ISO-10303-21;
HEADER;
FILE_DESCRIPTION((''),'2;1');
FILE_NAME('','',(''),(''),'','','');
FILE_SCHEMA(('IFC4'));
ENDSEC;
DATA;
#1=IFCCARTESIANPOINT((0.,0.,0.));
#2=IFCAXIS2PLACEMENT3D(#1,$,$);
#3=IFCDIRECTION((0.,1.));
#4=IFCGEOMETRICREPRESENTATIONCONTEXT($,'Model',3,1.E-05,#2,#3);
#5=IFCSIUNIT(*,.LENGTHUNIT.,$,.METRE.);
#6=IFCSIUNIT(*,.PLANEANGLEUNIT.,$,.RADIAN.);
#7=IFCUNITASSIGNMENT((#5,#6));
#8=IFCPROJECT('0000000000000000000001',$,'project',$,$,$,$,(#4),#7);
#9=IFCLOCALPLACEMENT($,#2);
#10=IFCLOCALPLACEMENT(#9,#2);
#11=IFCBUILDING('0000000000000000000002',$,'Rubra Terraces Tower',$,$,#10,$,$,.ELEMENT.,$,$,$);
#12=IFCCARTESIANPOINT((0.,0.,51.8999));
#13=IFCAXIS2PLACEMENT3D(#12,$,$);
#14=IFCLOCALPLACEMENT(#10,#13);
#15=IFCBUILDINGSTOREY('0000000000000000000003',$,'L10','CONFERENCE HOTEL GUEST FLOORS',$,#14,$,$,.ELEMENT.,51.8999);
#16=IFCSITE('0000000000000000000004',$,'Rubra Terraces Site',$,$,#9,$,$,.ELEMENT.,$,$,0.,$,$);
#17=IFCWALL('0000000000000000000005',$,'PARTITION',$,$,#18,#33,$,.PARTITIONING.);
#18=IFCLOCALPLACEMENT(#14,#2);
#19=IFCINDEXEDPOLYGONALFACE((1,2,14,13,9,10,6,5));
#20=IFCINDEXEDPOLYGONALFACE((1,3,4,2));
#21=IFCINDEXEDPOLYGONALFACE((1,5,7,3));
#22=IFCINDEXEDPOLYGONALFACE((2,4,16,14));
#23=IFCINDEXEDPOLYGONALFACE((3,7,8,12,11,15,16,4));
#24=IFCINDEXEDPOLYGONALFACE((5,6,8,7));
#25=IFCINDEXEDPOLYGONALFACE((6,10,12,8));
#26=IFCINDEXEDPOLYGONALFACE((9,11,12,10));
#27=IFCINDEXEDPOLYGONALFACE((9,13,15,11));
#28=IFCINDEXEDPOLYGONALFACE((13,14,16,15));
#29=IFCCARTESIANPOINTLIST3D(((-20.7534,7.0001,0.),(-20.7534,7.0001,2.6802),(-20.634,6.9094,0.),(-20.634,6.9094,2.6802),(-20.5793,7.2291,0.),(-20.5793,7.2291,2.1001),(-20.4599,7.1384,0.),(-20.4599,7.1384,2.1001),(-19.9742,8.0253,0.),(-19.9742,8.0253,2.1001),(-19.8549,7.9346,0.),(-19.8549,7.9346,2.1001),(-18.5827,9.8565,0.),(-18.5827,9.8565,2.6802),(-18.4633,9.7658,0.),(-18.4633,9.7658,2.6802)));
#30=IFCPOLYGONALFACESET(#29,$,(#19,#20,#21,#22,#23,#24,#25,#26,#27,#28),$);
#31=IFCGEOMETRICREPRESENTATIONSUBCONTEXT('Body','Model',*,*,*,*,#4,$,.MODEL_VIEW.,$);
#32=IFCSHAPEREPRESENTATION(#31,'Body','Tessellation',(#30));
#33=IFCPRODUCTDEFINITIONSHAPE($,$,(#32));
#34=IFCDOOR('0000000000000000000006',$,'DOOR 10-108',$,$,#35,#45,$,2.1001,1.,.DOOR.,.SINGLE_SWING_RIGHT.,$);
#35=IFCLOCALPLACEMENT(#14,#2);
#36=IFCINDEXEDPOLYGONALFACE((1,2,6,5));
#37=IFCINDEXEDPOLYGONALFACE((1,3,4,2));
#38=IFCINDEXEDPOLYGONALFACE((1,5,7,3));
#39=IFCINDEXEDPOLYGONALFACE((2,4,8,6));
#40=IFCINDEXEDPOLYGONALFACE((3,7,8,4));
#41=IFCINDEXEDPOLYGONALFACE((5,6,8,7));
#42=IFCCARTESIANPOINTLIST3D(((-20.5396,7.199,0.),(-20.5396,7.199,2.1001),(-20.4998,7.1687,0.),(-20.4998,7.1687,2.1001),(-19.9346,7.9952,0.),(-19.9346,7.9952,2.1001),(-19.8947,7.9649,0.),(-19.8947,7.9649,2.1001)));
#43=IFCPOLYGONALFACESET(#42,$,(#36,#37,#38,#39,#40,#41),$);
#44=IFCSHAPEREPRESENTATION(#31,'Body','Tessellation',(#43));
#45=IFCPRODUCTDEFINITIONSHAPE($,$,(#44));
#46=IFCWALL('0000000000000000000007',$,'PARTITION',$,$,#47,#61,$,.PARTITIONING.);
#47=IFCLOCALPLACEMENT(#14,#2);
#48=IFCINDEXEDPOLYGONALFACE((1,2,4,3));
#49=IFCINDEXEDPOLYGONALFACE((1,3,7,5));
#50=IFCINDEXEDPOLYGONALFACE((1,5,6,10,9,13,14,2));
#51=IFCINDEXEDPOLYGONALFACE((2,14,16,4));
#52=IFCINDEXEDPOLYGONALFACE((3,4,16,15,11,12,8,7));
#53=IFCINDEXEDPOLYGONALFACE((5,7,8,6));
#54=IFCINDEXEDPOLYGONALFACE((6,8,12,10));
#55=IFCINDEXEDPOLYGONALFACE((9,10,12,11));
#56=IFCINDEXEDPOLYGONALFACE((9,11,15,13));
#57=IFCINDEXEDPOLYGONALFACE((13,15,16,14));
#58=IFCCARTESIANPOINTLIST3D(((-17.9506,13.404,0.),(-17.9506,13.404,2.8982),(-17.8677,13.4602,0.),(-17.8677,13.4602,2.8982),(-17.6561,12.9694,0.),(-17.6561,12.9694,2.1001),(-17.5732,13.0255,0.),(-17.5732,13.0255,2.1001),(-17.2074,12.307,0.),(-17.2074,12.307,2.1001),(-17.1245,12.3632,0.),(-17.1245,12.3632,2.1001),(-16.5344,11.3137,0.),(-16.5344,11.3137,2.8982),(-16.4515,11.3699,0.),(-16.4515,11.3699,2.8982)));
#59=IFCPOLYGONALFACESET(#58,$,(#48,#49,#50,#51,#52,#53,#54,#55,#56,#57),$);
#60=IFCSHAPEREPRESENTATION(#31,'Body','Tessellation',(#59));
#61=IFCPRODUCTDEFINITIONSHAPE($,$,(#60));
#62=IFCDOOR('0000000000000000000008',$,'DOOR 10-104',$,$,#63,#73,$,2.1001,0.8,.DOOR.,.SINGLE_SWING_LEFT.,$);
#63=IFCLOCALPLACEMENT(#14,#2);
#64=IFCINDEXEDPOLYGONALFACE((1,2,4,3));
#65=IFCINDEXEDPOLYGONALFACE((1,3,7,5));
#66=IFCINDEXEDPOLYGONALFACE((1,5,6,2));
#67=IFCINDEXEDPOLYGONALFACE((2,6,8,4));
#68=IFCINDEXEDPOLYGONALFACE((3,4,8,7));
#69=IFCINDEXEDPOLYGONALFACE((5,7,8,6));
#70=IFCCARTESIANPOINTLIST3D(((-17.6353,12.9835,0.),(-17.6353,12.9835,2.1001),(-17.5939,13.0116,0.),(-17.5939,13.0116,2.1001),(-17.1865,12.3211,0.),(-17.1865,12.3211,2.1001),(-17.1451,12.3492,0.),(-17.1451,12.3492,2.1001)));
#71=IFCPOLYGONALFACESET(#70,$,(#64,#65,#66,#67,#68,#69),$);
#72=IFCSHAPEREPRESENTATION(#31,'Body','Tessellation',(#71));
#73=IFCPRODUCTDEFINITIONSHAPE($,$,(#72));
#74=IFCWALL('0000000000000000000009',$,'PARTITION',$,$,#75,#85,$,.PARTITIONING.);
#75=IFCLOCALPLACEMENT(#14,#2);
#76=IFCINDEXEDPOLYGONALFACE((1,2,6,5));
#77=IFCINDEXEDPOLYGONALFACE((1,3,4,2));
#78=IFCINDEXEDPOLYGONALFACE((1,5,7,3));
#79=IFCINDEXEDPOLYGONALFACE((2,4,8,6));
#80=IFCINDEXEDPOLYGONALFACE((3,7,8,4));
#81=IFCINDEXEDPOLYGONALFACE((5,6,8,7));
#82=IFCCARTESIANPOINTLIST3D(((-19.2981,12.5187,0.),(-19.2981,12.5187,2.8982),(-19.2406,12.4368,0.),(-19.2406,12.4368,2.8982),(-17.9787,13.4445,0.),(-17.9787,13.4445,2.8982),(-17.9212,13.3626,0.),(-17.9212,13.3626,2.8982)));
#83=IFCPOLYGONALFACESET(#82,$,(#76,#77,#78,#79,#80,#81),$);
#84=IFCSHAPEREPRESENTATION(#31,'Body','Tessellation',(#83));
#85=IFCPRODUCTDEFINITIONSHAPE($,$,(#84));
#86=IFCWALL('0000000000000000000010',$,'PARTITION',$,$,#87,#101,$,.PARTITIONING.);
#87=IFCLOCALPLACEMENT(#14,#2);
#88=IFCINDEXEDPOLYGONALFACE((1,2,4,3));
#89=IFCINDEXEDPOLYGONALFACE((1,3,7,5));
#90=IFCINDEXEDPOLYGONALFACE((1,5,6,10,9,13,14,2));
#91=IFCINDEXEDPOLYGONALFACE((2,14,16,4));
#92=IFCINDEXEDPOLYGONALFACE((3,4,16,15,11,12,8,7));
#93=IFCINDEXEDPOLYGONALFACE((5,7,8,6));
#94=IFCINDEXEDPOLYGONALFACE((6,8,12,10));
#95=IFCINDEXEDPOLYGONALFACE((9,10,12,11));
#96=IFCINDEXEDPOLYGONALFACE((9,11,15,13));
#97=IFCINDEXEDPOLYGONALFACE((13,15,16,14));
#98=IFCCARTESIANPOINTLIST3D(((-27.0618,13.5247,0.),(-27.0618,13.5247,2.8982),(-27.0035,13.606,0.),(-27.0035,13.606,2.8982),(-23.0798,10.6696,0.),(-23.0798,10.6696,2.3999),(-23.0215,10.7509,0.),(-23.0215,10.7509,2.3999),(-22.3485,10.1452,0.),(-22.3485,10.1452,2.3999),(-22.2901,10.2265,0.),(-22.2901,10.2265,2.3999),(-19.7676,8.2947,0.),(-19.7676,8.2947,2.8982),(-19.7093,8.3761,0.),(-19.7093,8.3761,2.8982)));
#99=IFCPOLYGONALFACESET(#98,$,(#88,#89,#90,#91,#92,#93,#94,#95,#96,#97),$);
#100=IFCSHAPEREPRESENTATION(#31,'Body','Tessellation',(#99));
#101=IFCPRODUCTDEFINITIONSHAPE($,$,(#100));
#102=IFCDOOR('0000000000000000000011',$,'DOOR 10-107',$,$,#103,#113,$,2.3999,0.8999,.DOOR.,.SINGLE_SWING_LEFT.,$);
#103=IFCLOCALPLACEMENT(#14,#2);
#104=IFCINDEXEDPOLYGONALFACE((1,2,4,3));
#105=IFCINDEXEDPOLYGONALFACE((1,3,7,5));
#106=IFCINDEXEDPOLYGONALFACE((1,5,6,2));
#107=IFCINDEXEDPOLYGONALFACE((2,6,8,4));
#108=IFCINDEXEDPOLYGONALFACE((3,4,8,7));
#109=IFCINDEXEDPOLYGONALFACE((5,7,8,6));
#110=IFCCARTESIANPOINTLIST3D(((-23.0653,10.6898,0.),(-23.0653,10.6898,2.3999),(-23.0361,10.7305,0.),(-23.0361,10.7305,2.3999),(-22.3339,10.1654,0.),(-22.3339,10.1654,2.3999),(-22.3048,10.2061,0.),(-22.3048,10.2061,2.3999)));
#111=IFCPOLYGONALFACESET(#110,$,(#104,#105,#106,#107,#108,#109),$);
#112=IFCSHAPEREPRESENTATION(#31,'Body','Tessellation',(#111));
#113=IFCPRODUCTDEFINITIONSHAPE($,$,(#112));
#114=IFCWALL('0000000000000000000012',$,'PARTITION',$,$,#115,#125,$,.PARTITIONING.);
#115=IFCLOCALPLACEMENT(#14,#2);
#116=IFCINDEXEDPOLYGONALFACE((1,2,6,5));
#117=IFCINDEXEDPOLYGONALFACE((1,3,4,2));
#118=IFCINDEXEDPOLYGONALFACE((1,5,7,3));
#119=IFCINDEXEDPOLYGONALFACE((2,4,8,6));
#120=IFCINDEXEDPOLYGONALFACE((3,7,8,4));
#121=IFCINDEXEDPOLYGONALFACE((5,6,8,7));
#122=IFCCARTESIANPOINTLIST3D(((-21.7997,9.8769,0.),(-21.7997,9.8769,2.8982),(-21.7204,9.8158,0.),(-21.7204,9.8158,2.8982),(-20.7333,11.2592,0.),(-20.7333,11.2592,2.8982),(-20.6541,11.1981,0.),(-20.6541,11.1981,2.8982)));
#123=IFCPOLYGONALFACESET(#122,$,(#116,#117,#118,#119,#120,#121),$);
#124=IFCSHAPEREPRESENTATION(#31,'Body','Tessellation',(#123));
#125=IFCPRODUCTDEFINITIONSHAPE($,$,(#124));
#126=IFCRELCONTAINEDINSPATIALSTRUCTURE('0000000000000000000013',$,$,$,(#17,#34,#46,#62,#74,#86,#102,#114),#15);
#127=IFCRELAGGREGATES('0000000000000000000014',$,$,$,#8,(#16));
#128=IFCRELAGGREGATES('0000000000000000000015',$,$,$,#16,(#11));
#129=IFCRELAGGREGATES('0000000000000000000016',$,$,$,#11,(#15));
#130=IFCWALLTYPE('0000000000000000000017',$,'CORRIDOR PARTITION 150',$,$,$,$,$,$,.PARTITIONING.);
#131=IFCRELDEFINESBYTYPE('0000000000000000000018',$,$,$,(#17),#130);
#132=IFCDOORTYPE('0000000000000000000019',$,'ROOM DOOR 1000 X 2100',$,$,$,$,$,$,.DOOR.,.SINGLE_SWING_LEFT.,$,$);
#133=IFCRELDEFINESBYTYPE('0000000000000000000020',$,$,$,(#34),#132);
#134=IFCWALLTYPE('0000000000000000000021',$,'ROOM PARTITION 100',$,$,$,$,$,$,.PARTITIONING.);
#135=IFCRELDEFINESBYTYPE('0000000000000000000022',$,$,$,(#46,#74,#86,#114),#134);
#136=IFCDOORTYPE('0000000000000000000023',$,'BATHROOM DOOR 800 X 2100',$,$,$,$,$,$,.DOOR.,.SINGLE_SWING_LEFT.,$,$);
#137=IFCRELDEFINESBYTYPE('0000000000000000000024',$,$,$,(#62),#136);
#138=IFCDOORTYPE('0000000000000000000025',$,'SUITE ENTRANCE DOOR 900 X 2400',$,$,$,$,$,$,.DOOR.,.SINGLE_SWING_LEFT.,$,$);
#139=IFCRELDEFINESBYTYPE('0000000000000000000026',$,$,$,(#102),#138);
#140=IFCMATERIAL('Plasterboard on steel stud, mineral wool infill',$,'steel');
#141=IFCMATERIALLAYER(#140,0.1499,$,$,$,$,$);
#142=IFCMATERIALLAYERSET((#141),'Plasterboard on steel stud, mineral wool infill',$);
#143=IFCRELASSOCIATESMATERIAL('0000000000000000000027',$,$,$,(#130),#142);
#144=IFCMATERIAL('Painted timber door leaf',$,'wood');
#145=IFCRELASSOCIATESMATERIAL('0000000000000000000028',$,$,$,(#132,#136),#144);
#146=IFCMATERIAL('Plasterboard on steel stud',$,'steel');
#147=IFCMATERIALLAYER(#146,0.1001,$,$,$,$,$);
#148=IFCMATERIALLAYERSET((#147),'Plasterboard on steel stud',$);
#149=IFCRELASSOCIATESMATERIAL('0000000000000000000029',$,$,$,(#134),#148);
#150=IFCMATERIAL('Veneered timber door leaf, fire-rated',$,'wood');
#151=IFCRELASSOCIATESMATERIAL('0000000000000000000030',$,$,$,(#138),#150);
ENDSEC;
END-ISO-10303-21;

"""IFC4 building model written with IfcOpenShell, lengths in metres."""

from ifc_helpers import new_model, si_unit, direction, frame, frame_2d, origin, place, context, subcontext, project, spatial, rectangle, extrude, material, layer, layer_set, type_object, element, fill, save


model = new_model("IFC4")

# Units and contexts
model_context = context("Model", 3, precision=1e-05, world=origin(), true_north=direction((0.0, 1.0)))
body_context = subcontext(model_context, "Body", "Model", "MODEL_VIEW")
ifc_project = project(units=[si_unit("LENGTHUNIT", "METRE"), si_unit("PLANEANGLEUNIT", "RADIAN")], contexts=[model_context])

# Site, building, storey
site_placement = place(None, origin())
site = spatial("IfcSite", under=ifc_project, at=site_placement, Name="Rubra Terraces Site", CompositionType="ELEMENT", RefElevation=0.0)
building_placement = place(site_placement, origin())
building = spatial("IfcBuilding", under=site, at=building_placement, Name="Rubra Terraces Tower", CompositionType="ELEMENT")
storey_placement = place(building_placement, frame((0.0, 0.0, 51.8999)))
storey = spatial("IfcBuildingStorey", under=building, at=storey_placement, Name="L10", Description="CONFERENCE HOTEL GUEST FLOORS", CompositionType="ELEMENT", Elevation=51.8999)

# Shared definitions
ifc_material_1 = material(Name="Plasterboard on steel stud, mineral wool infill", Category="steel")
ifc_layer_1 = layer(ifc_material_1, 0.1499)
ifc_layer_set_1 = layer_set([ifc_layer_1], Name="Plasterboard on steel stud, mineral wool infill")
wall_type_1 = type_object("IfcWallType", Name="CORRIDOR PARTITION 150", PredefinedType="PARTITIONING", material=ifc_layer_set_1)

# Walls, openings, doors
wall_1_placement = place(storey_placement, frame((-18.5229, 9.8113, 0.0), z_axis=(0.0, 0.0, 1.0), x_axis=(-0.60504, -0.796195, 0.0)))
wall_1 = element("IfcWall", 1, at=wall_1_placement, inside=storey, type_object=wall_type_1, Name="PARTITION", PredefinedType="PARTITIONING", context=body_context, shape_type="SweptSolid", body=[
    extrude(rectangle(XDim=3.5876, YDim=0.1499, at=frame_2d((1.7939, 0.0))), origin(), (0.0, 0.0, 1.0), 2.6802),
])
opening_1_placement = place(wall_1_placement, frame((2.3, 0.0, 0.0)))
opening_1 = element("IfcOpeningElement", 2, at=opening_1_placement, cuts=wall_1, PredefinedType="OPENING", context=body_context, shape_type="SweptSolid", body=[
    extrude(rectangle(XDim=1.0, YDim=2.1001, at=frame_2d((0.5, 1.05))), frame((0.0, 0.085, 0.0), z_axis=(0.0, -1.0, 0.0), x_axis=(1.0, 0.0, 0.0)), (0.0, 0.0, 1.0), 0.1699),
])
ifc_material_2 = material(Name="Painted timber door leaf", Category="wood")
door_type_1 = type_object("IfcDoorType", Name="ROOM DOOR 1000 X 2100", OperationType="SINGLE_SWING_LEFT", PredefinedType="DOOR", material=ifc_material_2)
door_1_placement = place(opening_1_placement, origin())
door_1 = element("IfcDoor", 3, at=door_1_placement, inside=storey, type_object=door_type_1, Name="DOOR 10-108", OperationType="SINGLE_SWING_RIGHT", OverallHeight=2.1001, OverallWidth=1.0, PredefinedType="DOOR", context=body_context, shape_type="SweptSolid", body=[
    extrude(rectangle(XDim=1.0, YDim=2.1001, at=frame_2d((0.5, 1.05))), frame((0.0, 0.0249, 0.0), z_axis=(0.0, -1.0, 0.0), x_axis=(1.0, 0.0, 0.0)), (0.0, 0.0, 1.0), 0.05),
])
fill(opening_1, door_1)
ifc_material_3 = material(Name="Plasterboard on steel stud", Category="steel")
ifc_layer_2 = layer(ifc_material_3, 0.1001)
ifc_layer_set_2 = layer_set([ifc_layer_2], Name="Plasterboard on steel stud")
wall_type_2 = type_object("IfcWallType", Name="ROOM PARTITION 100", PredefinedType="PARTITIONING", material=ifc_layer_set_2)
wall_2_placement = place(storey_placement, frame((-16.4929, 11.3418, 0.0), z_axis=(0.0, 0.0, 1.0), x_axis=(-0.56091, 0.827877, 0.0)))
wall_2 = element("IfcWall", 4, at=wall_2_placement, inside=storey, type_object=wall_type_2, Name="PARTITION", PredefinedType="PARTITIONING", context=body_context, shape_type="SweptSolid", body=[
    extrude(rectangle(XDim=2.5249, YDim=0.1001, at=frame_2d((1.2625, 0.0))), origin(), (0.0, 0.0, 1.0), 2.8982),
])
opening_2_placement = place(wall_2_placement, frame((1.2, 0.0, 0.0)))
opening_2 = element("IfcOpeningElement", 5, at=opening_2_placement, cuts=wall_2, PredefinedType="OPENING", context=body_context, shape_type="SweptSolid", body=[
    extrude(rectangle(XDim=0.8, YDim=2.1001, at=frame_2d((0.3999, 1.05))), frame((0.0, 0.0601, 0.0), z_axis=(0.0, -1.0, 0.0), x_axis=(1.0, 0.0, 0.0)), (0.0, 0.0, 1.0), 0.1201),
])
door_type_2 = type_object("IfcDoorType", Name="BATHROOM DOOR 800 X 2100", OperationType="SINGLE_SWING_LEFT", PredefinedType="DOOR", material=ifc_material_2)
door_2_placement = place(opening_2_placement, origin())
door_2 = element("IfcDoor", 6, at=door_2_placement, inside=storey, type_object=door_type_2, Name="DOOR 10-104", OperationType="SINGLE_SWING_LEFT", OverallHeight=2.1001, OverallWidth=0.8, PredefinedType="DOOR", context=body_context, shape_type="SweptSolid", body=[
    extrude(rectangle(XDim=0.8, YDim=2.1001, at=frame_2d((0.3999, 1.05))), frame((0.0, 0.0249, 0.0), z_axis=(0.0, -1.0, 0.0), x_axis=(1.0, 0.0, 0.0)), (0.0, 0.0, 1.0), 0.05),
])
fill(opening_2, door_2)

# Wall
wall_3_placement = place(storey_placement, frame((-17.95, 13.4036, 0.0), z_axis=(0.0, 0.0, 1.0), x_axis=(-0.818577, -0.574397, 0.0)))
element("IfcWall", 7, at=wall_3_placement, inside=storey, type_object=wall_type_2, Name="PARTITION", PredefinedType="PARTITIONING", context=body_context, shape_type="SweptSolid", body=[
    extrude(rectangle(XDim=1.6118, YDim=0.1001, at=frame_2d((0.8059, 0.0))), origin(), (0.0, 0.0, 1.0), 2.8982),
])

# Wall, opening, door
wall_4_placement = place(storey_placement, frame((-27.0327, 13.5654, 0.0), z_axis=(0.0, 0.0, 1.0), x_axis=(0.812686, -0.582701, 0.0)))
wall_4 = element("IfcWall", 8, at=wall_4_placement, inside=storey, type_object=wall_type_2, Name="PARTITION", PredefinedType="PARTITIONING", context=body_context, shape_type="SweptSolid", body=[
    extrude(rectangle(XDim=8.9753, YDim=0.1001, at=frame_2d((4.4878, 0.0))), origin(), (0.0, 0.0, 1.0), 2.8982),
])
opening_3_placement = place(wall_4_placement, frame((4.8999, 0.0, 0.0)))
opening_3 = element("IfcOpeningElement", 9, at=opening_3_placement, cuts=wall_4, PredefinedType="OPENING", context=body_context, shape_type="SweptSolid", body=[
    extrude(rectangle(XDim=0.8999, YDim=2.3999, at=frame_2d((0.45, 1.2))), frame((0.0, 0.0601, 0.0), z_axis=(0.0, -1.0, 0.0), x_axis=(1.0, 0.0, 0.0)), (0.0, 0.0, 1.0), 0.1201),
])
ifc_material_4 = material(Name="Veneered timber door leaf, fire-rated", Category="wood")
door_type_3 = type_object("IfcDoorType", Name="SUITE ENTRANCE DOOR 900 X 2400", OperationType="SINGLE_SWING_LEFT", PredefinedType="DOOR", material=ifc_material_4)
door_3_placement = place(opening_3_placement, origin())
door_3 = element("IfcDoor", 10, at=door_3_placement, inside=storey, type_object=door_type_3, Name="DOOR 10-107", OperationType="SINGLE_SWING_LEFT", OverallHeight=2.3999, OverallWidth=0.8999, PredefinedType="DOOR", context=body_context, shape_type="SweptSolid", body=[
    extrude(rectangle(XDim=0.8999, YDim=2.3999, at=frame_2d((0.45, 1.2))), frame((0.0, 0.0249, 0.0), z_axis=(0.0, -1.0, 0.0), x_axis=(1.0, 0.0, 0.0)), (0.0, 0.0, 1.0), 0.05),
])
fill(opening_3, door_3)

# Wall
wall_5_placement = place(storey_placement, frame((-20.6936, 11.2288, 0.0), z_axis=(0.0, 0.0, 1.0), x_axis=(-0.610818, -0.791771, 0.0)))
element("IfcWall", 11, at=wall_5_placement, inside=storey, type_object=wall_type_2, Name="PARTITION", PredefinedType="PARTITIONING", context=body_context, shape_type="SweptSolid", body=[
    extrude(rectangle(XDim=1.7458, YDim=0.1001, at=frame_2d((0.873, 0.0))), origin(), (0.0, 0.0, 1.0), 2.8982),
])

save(model, "model.ifc")
